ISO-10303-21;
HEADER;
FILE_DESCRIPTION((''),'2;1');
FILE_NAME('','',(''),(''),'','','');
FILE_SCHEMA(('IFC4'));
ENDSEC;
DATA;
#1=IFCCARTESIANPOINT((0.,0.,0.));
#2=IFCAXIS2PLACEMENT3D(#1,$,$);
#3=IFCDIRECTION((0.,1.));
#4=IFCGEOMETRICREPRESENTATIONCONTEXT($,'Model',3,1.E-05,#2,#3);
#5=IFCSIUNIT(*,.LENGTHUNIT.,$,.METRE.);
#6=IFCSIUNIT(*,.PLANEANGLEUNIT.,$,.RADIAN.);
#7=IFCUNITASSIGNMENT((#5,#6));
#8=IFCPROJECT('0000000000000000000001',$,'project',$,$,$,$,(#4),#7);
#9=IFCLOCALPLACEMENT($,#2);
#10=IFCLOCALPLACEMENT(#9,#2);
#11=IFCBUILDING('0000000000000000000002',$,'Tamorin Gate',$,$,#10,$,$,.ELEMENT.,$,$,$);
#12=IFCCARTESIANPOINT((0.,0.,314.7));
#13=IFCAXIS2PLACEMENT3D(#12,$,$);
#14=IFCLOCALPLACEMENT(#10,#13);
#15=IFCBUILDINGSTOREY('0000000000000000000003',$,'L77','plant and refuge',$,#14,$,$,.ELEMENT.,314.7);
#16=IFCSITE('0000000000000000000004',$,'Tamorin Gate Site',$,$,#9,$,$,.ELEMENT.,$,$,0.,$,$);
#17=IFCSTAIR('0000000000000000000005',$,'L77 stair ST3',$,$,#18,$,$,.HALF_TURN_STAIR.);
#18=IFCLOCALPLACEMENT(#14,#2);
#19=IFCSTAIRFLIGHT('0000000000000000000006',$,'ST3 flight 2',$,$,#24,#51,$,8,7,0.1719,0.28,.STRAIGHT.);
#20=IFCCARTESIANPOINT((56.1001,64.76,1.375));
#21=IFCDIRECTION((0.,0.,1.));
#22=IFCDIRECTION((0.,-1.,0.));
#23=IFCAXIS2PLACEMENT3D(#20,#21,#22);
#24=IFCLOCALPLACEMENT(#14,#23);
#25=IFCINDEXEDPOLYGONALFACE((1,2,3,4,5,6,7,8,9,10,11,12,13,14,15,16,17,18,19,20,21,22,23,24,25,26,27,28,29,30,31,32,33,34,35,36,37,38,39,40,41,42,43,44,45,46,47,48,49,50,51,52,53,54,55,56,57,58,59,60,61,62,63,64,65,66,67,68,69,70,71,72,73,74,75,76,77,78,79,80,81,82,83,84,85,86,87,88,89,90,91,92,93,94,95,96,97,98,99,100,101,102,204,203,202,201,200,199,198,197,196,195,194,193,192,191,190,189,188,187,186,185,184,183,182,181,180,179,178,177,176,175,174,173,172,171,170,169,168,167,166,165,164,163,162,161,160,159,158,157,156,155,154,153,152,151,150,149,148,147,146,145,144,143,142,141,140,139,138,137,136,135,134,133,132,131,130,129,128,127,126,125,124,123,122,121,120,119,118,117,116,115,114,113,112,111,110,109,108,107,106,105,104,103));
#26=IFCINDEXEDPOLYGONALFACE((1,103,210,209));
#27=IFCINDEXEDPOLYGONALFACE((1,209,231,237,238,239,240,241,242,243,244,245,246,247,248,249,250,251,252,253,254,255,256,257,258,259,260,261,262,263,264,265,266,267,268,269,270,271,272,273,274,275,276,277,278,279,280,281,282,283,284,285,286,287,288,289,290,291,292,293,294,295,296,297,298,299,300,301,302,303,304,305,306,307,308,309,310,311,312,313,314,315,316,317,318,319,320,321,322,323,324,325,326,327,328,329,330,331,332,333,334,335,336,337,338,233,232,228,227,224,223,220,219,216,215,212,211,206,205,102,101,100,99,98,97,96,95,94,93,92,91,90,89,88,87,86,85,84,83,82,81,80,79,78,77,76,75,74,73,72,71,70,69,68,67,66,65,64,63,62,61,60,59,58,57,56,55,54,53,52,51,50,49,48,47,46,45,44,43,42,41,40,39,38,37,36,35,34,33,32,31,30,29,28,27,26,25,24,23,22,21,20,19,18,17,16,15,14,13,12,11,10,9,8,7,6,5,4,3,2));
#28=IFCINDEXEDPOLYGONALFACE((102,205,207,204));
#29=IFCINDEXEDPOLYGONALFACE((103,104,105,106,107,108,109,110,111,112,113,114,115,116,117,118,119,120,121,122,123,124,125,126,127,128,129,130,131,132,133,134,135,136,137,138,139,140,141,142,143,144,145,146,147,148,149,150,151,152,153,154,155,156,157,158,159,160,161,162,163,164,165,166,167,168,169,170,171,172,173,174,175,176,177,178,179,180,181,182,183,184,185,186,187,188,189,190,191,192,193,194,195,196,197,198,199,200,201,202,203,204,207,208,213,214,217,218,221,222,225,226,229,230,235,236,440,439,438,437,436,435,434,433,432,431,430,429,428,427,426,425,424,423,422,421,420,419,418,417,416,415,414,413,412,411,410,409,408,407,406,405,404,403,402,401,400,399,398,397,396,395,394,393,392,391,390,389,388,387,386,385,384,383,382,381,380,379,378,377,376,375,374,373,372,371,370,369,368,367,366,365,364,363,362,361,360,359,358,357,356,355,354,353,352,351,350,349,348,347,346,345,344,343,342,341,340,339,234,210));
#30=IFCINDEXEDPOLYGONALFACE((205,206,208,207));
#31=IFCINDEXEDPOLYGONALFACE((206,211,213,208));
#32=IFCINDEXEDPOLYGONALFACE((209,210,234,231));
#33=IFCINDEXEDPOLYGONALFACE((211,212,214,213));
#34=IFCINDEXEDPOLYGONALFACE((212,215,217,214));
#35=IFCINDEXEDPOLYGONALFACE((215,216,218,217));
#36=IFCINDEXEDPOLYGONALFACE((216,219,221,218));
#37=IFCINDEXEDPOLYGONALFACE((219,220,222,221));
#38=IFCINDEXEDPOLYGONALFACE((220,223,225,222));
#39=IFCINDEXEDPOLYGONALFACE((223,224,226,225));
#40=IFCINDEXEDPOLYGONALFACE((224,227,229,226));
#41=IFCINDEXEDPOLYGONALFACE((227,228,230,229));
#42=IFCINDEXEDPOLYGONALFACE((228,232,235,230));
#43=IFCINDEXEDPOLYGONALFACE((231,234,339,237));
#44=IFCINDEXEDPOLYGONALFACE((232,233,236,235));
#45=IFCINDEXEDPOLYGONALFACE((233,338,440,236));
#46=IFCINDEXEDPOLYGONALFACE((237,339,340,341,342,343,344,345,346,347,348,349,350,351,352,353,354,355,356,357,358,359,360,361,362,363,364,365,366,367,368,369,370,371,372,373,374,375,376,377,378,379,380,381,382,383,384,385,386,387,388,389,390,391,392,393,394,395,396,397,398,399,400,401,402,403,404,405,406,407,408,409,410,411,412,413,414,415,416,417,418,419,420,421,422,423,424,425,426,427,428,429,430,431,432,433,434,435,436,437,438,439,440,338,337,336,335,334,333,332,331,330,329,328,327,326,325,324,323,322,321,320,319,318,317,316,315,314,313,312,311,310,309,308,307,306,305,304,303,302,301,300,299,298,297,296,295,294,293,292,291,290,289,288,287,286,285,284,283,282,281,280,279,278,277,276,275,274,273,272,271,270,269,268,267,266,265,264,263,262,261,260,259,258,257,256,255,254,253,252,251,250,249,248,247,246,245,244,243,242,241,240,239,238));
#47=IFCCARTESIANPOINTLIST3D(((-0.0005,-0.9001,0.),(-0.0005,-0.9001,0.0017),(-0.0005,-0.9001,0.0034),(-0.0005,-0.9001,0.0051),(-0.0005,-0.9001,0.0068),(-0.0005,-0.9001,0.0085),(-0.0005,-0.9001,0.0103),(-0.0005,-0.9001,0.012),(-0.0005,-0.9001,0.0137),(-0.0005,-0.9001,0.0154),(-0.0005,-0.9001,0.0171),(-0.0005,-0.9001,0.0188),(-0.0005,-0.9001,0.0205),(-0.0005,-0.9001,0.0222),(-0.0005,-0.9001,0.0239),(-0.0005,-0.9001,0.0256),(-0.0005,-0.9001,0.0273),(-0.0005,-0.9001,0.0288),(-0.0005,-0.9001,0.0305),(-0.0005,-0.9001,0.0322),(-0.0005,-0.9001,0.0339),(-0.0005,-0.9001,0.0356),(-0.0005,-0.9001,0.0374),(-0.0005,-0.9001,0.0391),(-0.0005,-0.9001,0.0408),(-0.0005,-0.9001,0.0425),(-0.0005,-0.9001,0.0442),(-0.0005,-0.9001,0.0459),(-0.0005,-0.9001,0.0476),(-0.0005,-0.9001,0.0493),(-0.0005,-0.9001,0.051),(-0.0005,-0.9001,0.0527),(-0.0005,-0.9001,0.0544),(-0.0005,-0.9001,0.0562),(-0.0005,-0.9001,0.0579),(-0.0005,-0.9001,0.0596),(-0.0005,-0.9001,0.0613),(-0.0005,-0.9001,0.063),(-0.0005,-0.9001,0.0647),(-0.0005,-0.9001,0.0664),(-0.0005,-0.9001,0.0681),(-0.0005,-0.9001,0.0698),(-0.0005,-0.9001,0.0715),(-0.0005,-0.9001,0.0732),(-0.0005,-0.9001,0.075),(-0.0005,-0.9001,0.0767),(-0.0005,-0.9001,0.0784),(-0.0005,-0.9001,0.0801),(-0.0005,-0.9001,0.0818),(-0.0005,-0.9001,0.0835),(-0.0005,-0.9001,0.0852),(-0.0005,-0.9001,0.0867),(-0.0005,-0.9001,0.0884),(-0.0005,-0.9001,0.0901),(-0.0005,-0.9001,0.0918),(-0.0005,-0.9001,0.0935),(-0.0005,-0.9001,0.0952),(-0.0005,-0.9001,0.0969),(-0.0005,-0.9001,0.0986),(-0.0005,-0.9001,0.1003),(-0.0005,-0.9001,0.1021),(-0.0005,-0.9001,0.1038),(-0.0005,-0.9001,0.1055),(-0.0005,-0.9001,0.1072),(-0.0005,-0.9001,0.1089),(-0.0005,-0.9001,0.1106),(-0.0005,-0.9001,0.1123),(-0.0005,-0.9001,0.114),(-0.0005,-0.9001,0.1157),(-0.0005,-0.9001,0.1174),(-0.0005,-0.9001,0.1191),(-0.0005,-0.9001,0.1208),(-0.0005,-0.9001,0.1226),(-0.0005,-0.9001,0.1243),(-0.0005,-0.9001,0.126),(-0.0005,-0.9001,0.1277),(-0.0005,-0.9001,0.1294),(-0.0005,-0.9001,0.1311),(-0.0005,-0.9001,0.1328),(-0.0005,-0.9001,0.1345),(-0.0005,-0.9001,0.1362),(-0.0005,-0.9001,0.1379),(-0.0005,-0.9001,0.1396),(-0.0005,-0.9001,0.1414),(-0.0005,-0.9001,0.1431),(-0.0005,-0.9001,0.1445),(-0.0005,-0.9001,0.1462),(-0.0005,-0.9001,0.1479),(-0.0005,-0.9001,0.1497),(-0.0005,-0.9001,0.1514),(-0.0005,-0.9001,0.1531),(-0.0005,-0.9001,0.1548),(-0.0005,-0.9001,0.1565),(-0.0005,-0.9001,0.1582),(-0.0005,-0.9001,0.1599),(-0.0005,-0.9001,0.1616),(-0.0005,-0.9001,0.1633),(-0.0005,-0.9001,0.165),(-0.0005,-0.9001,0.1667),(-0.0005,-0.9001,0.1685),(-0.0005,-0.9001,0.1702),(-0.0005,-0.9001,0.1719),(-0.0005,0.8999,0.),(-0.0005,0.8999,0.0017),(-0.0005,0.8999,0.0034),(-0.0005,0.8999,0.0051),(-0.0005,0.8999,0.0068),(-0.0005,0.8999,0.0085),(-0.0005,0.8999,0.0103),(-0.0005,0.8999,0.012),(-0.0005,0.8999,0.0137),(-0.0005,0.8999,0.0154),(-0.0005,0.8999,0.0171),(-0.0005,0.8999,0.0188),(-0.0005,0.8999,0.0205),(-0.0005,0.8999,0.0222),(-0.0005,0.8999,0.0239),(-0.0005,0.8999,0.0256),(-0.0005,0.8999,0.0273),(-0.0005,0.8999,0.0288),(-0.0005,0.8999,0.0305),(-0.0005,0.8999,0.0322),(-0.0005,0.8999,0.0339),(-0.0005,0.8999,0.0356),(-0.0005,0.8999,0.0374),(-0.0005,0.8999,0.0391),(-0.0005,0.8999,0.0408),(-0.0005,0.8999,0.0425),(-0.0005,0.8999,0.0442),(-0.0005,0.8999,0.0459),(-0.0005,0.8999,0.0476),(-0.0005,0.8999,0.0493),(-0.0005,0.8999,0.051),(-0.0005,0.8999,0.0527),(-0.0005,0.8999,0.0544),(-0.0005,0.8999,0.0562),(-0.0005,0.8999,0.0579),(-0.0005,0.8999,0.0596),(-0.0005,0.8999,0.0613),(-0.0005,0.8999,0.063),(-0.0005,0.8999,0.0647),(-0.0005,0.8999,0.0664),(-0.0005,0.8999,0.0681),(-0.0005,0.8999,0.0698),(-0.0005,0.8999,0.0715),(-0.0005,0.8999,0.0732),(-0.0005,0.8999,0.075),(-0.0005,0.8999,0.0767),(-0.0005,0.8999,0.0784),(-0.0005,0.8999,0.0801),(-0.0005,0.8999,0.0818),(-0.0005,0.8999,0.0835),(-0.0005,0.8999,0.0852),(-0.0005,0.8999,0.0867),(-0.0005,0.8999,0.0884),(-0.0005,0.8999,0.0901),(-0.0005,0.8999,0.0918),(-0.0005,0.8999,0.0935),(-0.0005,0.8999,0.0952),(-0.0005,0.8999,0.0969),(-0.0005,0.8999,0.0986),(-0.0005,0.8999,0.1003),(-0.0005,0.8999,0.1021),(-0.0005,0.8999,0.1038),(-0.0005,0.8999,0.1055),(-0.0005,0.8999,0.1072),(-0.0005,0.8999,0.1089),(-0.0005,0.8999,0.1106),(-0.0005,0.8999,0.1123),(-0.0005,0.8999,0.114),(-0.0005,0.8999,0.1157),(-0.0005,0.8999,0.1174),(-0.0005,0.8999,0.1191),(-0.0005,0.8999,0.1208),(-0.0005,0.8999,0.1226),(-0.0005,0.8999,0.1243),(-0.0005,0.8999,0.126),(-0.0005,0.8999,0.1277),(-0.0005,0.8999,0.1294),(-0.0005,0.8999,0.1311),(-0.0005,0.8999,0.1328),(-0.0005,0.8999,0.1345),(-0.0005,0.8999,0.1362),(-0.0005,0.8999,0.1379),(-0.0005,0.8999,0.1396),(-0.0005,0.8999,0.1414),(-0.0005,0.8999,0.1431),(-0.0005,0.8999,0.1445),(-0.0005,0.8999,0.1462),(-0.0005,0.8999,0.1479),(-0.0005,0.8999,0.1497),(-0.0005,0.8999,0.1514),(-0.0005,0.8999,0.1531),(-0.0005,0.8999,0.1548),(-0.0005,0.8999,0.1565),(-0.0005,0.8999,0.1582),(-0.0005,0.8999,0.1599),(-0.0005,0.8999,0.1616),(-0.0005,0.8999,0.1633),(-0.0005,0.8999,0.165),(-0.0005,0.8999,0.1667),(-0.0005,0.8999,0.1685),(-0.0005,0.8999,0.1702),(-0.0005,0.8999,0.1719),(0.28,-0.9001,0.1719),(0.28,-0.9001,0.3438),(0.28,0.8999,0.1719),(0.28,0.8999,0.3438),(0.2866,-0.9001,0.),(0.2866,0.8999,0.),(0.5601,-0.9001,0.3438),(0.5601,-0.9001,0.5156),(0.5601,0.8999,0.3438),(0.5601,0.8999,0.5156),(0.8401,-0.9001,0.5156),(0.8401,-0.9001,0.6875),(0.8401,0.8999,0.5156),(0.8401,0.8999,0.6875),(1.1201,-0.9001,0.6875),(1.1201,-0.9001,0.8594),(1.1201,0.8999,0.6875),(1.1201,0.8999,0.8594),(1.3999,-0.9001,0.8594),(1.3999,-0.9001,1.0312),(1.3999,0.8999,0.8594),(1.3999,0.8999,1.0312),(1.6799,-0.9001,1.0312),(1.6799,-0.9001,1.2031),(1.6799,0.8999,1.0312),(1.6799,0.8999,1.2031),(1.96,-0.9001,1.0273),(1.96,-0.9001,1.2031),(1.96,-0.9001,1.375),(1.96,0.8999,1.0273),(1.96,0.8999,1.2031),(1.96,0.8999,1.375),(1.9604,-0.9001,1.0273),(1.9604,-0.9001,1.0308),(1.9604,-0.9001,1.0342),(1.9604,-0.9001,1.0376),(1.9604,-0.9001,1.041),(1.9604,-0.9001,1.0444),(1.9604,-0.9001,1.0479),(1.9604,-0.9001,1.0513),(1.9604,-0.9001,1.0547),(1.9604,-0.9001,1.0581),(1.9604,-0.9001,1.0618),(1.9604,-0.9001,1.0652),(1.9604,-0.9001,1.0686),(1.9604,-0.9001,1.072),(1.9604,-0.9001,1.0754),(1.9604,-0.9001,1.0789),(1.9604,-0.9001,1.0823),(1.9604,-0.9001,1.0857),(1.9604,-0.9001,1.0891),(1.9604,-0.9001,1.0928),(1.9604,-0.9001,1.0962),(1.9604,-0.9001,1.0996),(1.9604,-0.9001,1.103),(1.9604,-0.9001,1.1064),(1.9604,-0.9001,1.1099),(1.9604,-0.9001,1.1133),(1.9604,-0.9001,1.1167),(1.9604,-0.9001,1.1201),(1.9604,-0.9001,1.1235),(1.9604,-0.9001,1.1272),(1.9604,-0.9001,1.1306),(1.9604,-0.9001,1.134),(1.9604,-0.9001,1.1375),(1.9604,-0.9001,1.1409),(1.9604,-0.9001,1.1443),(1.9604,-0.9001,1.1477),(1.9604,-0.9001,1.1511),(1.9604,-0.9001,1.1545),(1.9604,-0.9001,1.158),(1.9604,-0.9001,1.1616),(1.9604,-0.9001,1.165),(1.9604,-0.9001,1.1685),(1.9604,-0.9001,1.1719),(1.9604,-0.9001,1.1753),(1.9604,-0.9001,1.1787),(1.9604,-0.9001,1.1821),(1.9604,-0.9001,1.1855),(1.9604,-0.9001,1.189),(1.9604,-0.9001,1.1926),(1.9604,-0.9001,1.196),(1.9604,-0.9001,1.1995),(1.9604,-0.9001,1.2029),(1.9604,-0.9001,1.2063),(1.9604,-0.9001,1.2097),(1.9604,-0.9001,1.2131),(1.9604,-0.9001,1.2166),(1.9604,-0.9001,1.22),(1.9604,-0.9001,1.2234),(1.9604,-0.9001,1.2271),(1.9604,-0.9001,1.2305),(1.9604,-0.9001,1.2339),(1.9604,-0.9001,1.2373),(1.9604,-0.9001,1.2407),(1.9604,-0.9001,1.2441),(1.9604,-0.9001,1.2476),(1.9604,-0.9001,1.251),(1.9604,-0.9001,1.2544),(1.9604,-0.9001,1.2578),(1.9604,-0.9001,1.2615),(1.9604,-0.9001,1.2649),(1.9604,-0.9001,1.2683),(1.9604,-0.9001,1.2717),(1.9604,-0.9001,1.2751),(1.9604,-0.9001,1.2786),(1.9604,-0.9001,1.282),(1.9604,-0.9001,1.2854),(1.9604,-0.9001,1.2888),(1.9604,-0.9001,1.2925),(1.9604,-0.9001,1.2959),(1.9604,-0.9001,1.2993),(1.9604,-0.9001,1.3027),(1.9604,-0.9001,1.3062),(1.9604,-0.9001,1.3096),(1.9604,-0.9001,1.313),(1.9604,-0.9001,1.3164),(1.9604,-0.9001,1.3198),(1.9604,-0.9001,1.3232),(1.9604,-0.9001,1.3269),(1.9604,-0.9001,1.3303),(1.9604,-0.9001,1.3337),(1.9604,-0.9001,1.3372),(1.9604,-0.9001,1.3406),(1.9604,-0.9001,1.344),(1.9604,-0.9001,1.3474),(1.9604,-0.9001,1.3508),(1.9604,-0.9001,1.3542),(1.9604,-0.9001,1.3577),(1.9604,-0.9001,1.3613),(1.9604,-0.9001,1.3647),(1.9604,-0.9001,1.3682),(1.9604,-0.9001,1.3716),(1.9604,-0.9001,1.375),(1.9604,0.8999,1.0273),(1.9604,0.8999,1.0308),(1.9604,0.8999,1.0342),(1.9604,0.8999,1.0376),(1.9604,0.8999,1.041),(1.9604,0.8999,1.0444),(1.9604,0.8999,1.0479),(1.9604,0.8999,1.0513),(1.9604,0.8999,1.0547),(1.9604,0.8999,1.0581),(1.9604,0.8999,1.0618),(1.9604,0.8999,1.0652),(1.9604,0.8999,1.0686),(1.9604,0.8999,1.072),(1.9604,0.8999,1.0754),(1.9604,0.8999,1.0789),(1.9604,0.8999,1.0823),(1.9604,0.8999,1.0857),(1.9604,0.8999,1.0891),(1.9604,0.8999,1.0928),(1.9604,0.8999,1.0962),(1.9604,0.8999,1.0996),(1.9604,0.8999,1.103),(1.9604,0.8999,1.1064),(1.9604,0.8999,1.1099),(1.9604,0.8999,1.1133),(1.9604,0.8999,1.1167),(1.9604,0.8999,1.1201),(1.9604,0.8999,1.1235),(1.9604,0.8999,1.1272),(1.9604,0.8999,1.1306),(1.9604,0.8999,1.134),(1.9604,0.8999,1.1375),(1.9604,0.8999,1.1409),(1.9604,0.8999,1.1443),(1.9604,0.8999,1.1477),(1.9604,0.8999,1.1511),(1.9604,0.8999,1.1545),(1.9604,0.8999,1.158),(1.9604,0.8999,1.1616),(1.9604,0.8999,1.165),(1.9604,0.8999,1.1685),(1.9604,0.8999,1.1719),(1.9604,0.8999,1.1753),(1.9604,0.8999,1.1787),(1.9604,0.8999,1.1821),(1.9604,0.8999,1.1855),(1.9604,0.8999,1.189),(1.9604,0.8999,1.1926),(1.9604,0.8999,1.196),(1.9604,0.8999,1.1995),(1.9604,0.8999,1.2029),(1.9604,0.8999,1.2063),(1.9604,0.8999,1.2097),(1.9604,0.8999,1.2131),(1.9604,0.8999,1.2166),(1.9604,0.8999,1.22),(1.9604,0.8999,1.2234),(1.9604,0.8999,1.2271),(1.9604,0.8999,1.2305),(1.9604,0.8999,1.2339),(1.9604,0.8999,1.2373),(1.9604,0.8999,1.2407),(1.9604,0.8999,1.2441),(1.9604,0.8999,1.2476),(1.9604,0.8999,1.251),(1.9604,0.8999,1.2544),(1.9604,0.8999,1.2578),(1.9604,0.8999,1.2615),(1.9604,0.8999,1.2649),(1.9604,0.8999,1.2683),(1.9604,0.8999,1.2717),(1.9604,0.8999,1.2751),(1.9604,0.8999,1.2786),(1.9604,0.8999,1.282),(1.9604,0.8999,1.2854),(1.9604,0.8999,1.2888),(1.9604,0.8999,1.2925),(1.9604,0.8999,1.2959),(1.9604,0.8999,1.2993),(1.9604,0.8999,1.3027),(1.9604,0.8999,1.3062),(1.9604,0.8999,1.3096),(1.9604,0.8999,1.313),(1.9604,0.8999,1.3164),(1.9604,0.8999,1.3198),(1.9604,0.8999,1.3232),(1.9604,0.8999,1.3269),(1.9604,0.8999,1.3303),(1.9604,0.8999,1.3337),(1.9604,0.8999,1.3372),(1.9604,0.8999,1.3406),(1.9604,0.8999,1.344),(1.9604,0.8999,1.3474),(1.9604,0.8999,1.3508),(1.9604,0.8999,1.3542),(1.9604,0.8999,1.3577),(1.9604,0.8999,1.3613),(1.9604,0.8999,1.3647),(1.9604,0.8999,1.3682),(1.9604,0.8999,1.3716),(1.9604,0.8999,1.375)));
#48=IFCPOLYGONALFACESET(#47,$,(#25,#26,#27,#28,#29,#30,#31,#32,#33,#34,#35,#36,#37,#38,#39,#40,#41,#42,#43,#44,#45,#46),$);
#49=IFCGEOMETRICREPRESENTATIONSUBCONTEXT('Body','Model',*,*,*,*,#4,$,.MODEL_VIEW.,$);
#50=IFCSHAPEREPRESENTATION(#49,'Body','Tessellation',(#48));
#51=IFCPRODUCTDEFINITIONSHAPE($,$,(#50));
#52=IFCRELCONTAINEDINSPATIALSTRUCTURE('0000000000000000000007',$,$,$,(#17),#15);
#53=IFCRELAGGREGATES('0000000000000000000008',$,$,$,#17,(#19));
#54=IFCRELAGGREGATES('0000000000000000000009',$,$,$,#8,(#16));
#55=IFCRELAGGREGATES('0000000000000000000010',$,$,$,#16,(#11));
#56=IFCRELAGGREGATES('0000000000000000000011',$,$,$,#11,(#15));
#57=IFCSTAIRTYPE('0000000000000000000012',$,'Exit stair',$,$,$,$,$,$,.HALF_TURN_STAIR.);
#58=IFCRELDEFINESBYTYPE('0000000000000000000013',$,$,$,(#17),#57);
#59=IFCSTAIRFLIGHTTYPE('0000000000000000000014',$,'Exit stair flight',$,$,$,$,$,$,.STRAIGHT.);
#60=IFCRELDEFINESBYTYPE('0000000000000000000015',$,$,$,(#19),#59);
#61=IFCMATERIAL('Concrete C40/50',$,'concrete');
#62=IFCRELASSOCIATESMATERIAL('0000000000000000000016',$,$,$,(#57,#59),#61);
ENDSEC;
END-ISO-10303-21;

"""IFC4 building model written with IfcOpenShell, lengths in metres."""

from ifc_helpers import new_model, si_unit, direction, frame, origin, place, context, subcontext, project, spatial, polyline, outline, extrude, material, type_object, element, aggregate, save


model = new_model("IFC4")

# Units and contexts
model_context = context("Model", 3, precision=1e-05, world=origin(), true_north=direction((0.0, 1.0)))
body_context = subcontext(model_context, "Body", "Model", "MODEL_VIEW")
ifc_project = project(units=[si_unit("LENGTHUNIT", "METRE"), si_unit("PLANEANGLEUNIT", "RADIAN")], contexts=[model_context])

# Site, building, storey
site_placement = place(None, origin())
site = spatial("IfcSite", under=ifc_project, at=site_placement, Name="Tamorin Gate Site", CompositionType="ELEMENT", RefElevation=0.0)
building_placement = place(site_placement, origin())
building = spatial("IfcBuilding", under=site, at=building_placement, Name="Tamorin Gate", CompositionType="ELEMENT")
storey_placement = place(building_placement, frame((0.0, 0.0, 314.7)))
storey = spatial("IfcBuildingStorey", under=building, at=storey_placement, Name="L77", Description="plant and refuge", CompositionType="ELEMENT", Elevation=314.7)

# Shared definitions
ifc_material_1 = material(Name="Concrete C40/50", Category="concrete")

# Stair, stair flight
stair_type = type_object("IfcStairType", Name="Exit stair", PredefinedType="HALF_TURN_STAIR", material=ifc_material_1)
stair_placement = place(storey_placement, origin())
stair = element("IfcStair", 1, at=stair_placement, inside=storey, type_object=stair_type, Name="L77 stair ST3", PredefinedType="HALF_TURN_STAIR")
stair_flight_type = type_object("IfcStairFlightType", Name="Exit stair flight", PredefinedType="STRAIGHT", material=ifc_material_1)
stair_flight_1_placement = place(storey_placement, frame((56.1001, 64.76, 1.375), z_axis=(0.0, 0.0, 1.0), x_axis=(0.0, -1.0, 0.0)))
stair_flight_1 = element("IfcStairFlight", 2, at=stair_flight_1_placement, type_object=stair_flight_type, Name="ST3 flight 2", NumberOfRisers=8, NumberOfTreads=7, PredefinedType="STRAIGHT", RiserHeight=0.1719, TreadLength=0.28, context=body_context, shape_type="SweptSolid", body=[
    extrude(outline(polyline([(-0.0005, 0.0), (-0.0005, 0.0017), (-0.0005, 0.0034), (-0.0005, 0.0051), (-0.0005, 0.0068), (-0.0005, 0.0085), (-0.0005, 0.0103), (-0.0005, 0.012), (-0.0005, 0.0137), (-0.0005, 0.0154), (-0.0005, 0.0171), (-0.0005, 0.0188), (-0.0005, 0.0205), (-0.0005, 0.0222), (-0.0005, 0.0239), (-0.0005, 0.0256), (-0.0005, 0.0273), (-0.0005, 0.0288), (-0.0005, 0.0305), (-0.0005, 0.0322), (-0.0005, 0.0339), (-0.0005, 0.0356), (-0.0005, 0.0374), (-0.0005, 0.0391), (-0.0005, 0.0408), (-0.0005, 0.0425), (-0.0005, 0.0442), (-0.0005, 0.0459), (-0.0005, 0.0476), (-0.0005, 0.0493), (-0.0005, 0.051), (-0.0005, 0.0527), (-0.0005, 0.0544), (-0.0005, 0.0562), (-0.0005, 0.0579), (-0.0005, 0.0596), (-0.0005, 0.0613), (-0.0005, 0.063), (-0.0005, 0.0647), (-0.0005, 0.0664), (-0.0005, 0.0681), (-0.0005, 0.0698), (-0.0005, 0.0715), (-0.0005, 0.0732), (-0.0005, 0.075), (-0.0005, 0.0767), (-0.0005, 0.0784), (-0.0005, 0.0801), (-0.0005, 0.0818), (-0.0005, 0.0835), (-0.0005, 0.0852), (-0.0005, 0.0867), (-0.0005, 0.0884), (-0.0005, 0.0901), (-0.0005, 0.0918), (-0.0005, 0.0935), (-0.0005, 0.0952), (-0.0005, 0.0969), (-0.0005, 0.0986), (-0.0005, 0.1003), (-0.0005, 0.1021), (-0.0005, 0.1038), (-0.0005, 0.1055), (-0.0005, 0.1072), (-0.0005, 0.1089), (-0.0005, 0.1106), (-0.0005, 0.1123), (-0.0005, 0.114), (-0.0005, 0.1157), (-0.0005, 0.1174), (-0.0005, 0.1191), (-0.0005, 0.1208), (-0.0005, 0.1226), (-0.0005, 0.1243), (-0.0005, 0.126), (-0.0005, 0.1277), (-0.0005, 0.1294), (-0.0005, 0.1311), (-0.0005, 0.1328), (-0.0005, 0.1345), (-0.0005, 0.1362), (-0.0005, 0.1379), (-0.0005, 0.1396), (-0.0005, 0.1414), (-0.0005, 0.1431), (-0.0005, 0.1445), (-0.0005, 0.1462), (-0.0005, 0.1479), (-0.0005, 0.1497), (-0.0005, 0.1514), (-0.0005, 0.1531), (-0.0005, 0.1548), (-0.0005, 0.1565), (-0.0005, 0.1582), (-0.0005, 0.1599), (-0.0005, 0.1616), (-0.0005, 0.1633), (-0.0005, 0.165), (-0.0005, 0.1667), (-0.0005, 0.1685), (-0.0005, 0.1702), (-0.0005, 0.1719), (0.28, 0.1719), (0.28, 0.3438), (0.5601, 0.3438), (0.5601, 0.5156), (0.8401, 0.5156), (0.8401, 0.6875), (1.1201, 0.6875), (1.1201, 0.8594), (1.3999, 0.8594), (1.3999, 1.0312), (1.6799, 1.0312), (1.6799, 1.2031), (1.96, 1.2031), (1.96, 1.375), (1.9604, 1.375), (1.9604, 1.3716), (1.9604, 1.3682), (1.9604, 1.3647), (1.9604, 1.3613), (1.9604, 1.3577), (1.9604, 1.3542), (1.9604, 1.3508), (1.9604, 1.3474), (1.9604, 1.344), (1.9604, 1.3406), (1.9604, 1.3372), (1.9604, 1.3337), (1.9604, 1.3303), (1.9604, 1.3269), (1.9604, 1.3232), (1.9604, 1.3198), (1.9604, 1.3164), (1.9604, 1.313), (1.9604, 1.3096), (1.9604, 1.3062), (1.9604, 1.3027), (1.9604, 1.2993), (1.9604, 1.2959), (1.9604, 1.2925), (1.9604, 1.2888), (1.9604, 1.2854), (1.9604, 1.282), (1.9604, 1.2786), (1.9604, 1.2751), (1.9604, 1.2717), (1.9604, 1.2683), (1.9604, 1.2649), (1.9604, 1.2615), (1.9604, 1.2578), (1.9604, 1.2544), (1.9604, 1.251), (1.9604, 1.2476), (1.9604, 1.2441), (1.9604, 1.2407), (1.9604, 1.2373), (1.9604, 1.2339), (1.9604, 1.2305), (1.9604, 1.2271), (1.9604, 1.2234), (1.9604, 1.22), (1.9604, 1.2166), (1.9604, 1.2131), (1.9604, 1.2097), (1.9604, 1.2063), (1.9604, 1.2029), (1.9604, 1.1995), (1.9604, 1.196), (1.9604, 1.1926), (1.9604, 1.189), (1.9604, 1.1855), (1.9604, 1.1821), (1.9604, 1.1787), (1.9604, 1.1753), (1.9604, 1.1719), (1.9604, 1.1685), (1.9604, 1.165), (1.9604, 1.1616), (1.9604, 1.158), (1.9604, 1.1545), (1.9604, 1.1511), (1.9604, 1.1477), (1.9604, 1.1443), (1.9604, 1.1409), (1.9604, 1.1375), (1.9604, 1.134), (1.9604, 1.1306), (1.9604, 1.1272), (1.9604, 1.1235), (1.9604, 1.1201), (1.9604, 1.1167), (1.9604, 1.1133), (1.9604, 1.1099), (1.9604, 1.1064), (1.9604, 1.103), (1.9604, 1.0996), (1.9604, 1.0962), (1.9604, 1.0928), (1.9604, 1.0891), (1.9604, 1.0857), (1.9604, 1.0823), (1.9604, 1.0789), (1.9604, 1.0754), (1.9604, 1.072), (1.9604, 1.0686), (1.9604, 1.0652), (1.9604, 1.0618), (1.9604, 1.0581), (1.9604, 1.0547), (1.9604, 1.0513), (1.9604, 1.0479), (1.9604, 1.0444), (1.9604, 1.041), (1.9604, 1.0376), (1.9604, 1.0342), (1.9604, 1.0308), (1.9604, 1.0273), (1.96, 1.0273), (0.2866, 0.0), (-0.0005, 0.0)])), frame((0.0, 0.8999, 0.0), z_axis=(0.0, -1.0, 0.0), x_axis=(1.0, 0.0, 0.0)), (0.0, 0.0, 1.0), 1.8),
])
aggregate(stair, [stair_flight_1])

save(model, "model.ifc")
